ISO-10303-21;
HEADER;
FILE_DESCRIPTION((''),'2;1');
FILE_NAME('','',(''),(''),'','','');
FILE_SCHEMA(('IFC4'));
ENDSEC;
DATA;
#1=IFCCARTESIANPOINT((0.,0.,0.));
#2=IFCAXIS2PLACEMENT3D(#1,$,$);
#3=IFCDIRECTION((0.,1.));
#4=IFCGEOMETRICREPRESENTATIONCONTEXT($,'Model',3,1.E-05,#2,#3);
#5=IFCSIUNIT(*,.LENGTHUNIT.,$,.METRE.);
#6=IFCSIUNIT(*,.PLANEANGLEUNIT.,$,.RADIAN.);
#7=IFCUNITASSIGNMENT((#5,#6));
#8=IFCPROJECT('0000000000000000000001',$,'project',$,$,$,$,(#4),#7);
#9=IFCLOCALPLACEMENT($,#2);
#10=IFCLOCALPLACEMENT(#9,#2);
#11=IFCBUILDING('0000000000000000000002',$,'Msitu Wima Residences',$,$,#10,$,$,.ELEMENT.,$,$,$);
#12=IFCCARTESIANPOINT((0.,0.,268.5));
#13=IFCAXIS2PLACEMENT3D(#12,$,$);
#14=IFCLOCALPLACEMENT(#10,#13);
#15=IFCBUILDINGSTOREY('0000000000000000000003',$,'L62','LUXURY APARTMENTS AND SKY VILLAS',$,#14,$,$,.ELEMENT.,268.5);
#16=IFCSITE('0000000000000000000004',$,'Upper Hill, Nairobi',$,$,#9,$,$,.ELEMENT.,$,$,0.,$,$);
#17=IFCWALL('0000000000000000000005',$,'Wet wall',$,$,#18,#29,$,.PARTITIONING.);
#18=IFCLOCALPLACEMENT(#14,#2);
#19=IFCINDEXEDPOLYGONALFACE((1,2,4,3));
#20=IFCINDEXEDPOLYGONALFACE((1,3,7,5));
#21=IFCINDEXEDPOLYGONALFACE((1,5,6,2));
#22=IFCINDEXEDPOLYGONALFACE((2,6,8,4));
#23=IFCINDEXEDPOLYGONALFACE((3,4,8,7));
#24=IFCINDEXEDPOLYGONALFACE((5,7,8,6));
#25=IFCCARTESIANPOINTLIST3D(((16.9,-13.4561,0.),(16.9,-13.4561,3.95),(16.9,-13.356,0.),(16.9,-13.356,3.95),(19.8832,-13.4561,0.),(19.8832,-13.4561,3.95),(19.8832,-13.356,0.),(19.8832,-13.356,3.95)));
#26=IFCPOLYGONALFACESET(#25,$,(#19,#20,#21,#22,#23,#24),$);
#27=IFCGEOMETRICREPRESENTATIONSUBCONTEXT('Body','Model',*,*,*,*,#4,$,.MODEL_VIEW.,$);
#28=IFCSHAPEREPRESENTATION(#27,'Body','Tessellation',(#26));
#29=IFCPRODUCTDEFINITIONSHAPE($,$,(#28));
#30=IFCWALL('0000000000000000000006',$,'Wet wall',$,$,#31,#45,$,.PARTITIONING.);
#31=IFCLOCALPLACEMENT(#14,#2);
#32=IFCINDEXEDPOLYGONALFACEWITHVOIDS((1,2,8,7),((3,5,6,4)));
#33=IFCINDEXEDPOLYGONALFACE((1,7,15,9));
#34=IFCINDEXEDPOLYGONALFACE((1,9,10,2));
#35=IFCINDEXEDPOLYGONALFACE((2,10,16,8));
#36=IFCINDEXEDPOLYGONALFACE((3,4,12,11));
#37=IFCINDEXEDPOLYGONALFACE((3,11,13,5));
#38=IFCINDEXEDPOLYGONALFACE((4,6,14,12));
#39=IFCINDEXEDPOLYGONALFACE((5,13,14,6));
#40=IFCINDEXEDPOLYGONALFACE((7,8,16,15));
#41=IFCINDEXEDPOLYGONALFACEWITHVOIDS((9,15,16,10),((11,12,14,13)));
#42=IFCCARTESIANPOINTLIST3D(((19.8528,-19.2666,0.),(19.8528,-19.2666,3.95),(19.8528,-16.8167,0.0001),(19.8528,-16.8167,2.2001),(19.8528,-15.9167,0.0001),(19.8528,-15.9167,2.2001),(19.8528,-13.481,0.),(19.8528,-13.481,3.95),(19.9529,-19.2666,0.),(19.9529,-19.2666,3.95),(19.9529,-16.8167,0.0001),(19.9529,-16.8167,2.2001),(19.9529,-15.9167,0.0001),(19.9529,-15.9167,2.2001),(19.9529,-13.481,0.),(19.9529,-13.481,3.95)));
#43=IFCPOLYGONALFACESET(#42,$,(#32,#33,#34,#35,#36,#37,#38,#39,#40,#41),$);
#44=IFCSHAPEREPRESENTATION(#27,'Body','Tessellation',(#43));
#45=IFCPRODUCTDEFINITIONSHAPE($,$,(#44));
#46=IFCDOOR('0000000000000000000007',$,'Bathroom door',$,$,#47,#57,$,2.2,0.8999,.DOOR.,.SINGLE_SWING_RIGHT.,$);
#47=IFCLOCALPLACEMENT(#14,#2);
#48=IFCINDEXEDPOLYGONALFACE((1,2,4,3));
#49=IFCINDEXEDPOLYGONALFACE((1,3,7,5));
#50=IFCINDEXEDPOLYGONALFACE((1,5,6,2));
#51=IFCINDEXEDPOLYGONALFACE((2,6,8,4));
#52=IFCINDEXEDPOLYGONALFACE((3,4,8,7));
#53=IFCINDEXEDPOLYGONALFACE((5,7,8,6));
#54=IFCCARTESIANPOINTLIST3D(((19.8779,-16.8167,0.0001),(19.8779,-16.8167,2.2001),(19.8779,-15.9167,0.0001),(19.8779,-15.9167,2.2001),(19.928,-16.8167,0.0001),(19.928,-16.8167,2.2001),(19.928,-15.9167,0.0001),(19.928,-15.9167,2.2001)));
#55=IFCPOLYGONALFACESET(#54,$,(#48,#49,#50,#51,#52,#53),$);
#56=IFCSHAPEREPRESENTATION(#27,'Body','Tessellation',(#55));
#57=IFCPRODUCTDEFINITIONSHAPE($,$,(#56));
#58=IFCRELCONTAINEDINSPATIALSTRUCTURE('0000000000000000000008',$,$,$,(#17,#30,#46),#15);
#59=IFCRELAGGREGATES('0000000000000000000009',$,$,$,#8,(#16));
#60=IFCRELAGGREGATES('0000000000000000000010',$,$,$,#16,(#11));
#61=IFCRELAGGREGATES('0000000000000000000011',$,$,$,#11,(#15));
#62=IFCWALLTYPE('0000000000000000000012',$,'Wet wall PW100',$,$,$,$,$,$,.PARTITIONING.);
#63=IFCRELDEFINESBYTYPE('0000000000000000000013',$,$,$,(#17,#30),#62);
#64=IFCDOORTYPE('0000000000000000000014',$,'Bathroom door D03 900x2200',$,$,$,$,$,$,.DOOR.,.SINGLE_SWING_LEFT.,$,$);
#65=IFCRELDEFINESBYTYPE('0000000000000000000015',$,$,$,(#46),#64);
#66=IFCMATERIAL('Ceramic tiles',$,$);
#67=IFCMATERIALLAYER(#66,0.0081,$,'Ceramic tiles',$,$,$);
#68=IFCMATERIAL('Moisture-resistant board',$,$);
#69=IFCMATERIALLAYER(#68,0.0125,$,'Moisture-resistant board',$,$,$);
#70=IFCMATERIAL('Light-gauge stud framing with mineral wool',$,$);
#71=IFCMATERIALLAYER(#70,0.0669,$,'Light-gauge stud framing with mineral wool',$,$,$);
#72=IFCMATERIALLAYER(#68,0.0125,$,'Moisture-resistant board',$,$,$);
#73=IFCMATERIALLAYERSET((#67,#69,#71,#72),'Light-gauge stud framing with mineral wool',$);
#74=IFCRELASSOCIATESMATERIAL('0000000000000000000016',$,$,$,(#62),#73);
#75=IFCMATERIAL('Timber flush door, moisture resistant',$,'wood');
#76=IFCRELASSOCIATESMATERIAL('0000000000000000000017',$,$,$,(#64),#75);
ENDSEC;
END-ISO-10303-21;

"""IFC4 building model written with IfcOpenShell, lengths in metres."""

from ifc_helpers import new_model, si_unit, direction, frame, frame_2d, origin, place, context, subcontext, project, spatial, rectangle, extrude, material, layer, layer_set, type_object, element, fill, save


model = new_model("IFC4")

# Units and contexts
model_context = context("Model", 3, precision=1e-05, world=origin(), true_north=direction((0.0, 1.0)))
body_context = subcontext(model_context, "Body", "Model", "MODEL_VIEW")
ifc_project = project(units=[si_unit("LENGTHUNIT", "METRE"), si_unit("PLANEANGLEUNIT", "RADIAN")], contexts=[model_context])

# Site, building, storey
site_placement = place(None, origin())
site = spatial("IfcSite", under=ifc_project, at=site_placement, Name="Upper Hill, Nairobi", CompositionType="ELEMENT", RefElevation=0.0)
building_placement = place(site_placement, origin())
building = spatial("IfcBuilding", under=site, at=building_placement, Name="Msitu Wima Residences", CompositionType="ELEMENT")
storey_placement = place(building_placement, frame((0.0, 0.0, 268.5)))
storey = spatial("IfcBuildingStorey", under=building, at=storey_placement, Name="L62", Description="LUXURY APARTMENTS AND SKY VILLAS", CompositionType="ELEMENT", Elevation=268.5)

# Wall
ifc_material_1 = material(Name="Ceramic tiles")
ifc_layer_1 = layer(ifc_material_1, 0.0081, Name="Ceramic tiles")
ifc_material_2 = material(Name="Moisture-resistant board")
ifc_layer_2 = layer(ifc_material_2, 0.0125, Name="Moisture-resistant board")
ifc_material_3 = material(Name="Light-gauge stud framing with mineral wool")
ifc_layer_3 = layer(ifc_material_3, 0.0669, Name="Light-gauge stud framing with mineral wool")
ifc_layer_4 = layer(ifc_material_2, 0.0125, Name="Moisture-resistant board")
ifc_layer_set_1 = layer_set([ifc_layer_1, ifc_layer_2, ifc_layer_3, ifc_layer_4], Name="Light-gauge stud framing with mineral wool")
wall_type_1 = type_object("IfcWallType", Name="Wet wall PW100", PredefinedType="PARTITIONING", material=ifc_layer_set_1)
wall_1_placement = place(storey_placement, frame((16.8999, -13.406, 0.0), z_axis=(0.0, 0.0, 1.0), x_axis=(1.0, 0.0, 0.0)))
element("IfcWall", 1, at=wall_1_placement, inside=storey, type_object=wall_type_1, Name="Wet wall", PredefinedType="PARTITIONING", context=body_context, shape_type="SweptSolid", body=[
    extrude(rectangle(XDim=2.9832, YDim=0.1001, at=frame_2d((1.4917, 0.0))), origin(), (0.0, 0.0, 1.0), 3.95),
])

# Wall, opening, door
wall_2_placement = place(storey_placement, frame((19.9028, -19.2666, 0.0), z_axis=(0.0, 0.0, 1.0), x_axis=(0.0, 1.0, 0.0)))
wall_2 = element("IfcWall", 2, at=wall_2_placement, inside=storey, type_object=wall_type_1, Name="Wet wall", PredefinedType="PARTITIONING", context=body_context, shape_type="SweptSolid", body=[
    extrude(rectangle(XDim=5.7856, YDim=0.1001, at=frame_2d((2.8928, 0.0))), origin(), (0.0, 0.0, 1.0), 3.95),
])
opening_1_placement = place(wall_2_placement, frame((2.45, 0.0, 0.0)))
opening_1 = element("IfcOpeningElement", 3, at=opening_1_placement, cuts=wall_2, PredefinedType="OPENING", context=body_context, shape_type="SweptSolid", body=[
    extrude(rectangle(XDim=0.8999, YDim=2.2, at=frame_2d((0.45, 1.1001))), frame((0.0, 0.0601, 0.0), z_axis=(0.0, -1.0, 0.0), x_axis=(1.0, 0.0, 0.0)), (0.0, 0.0, 1.0), 0.1201),
])
ifc_material_4 = material(Name="Timber flush door, moisture resistant", Category="wood")
door_type_1 = type_object("IfcDoorType", Name="Bathroom door D03 900x2200", OperationType="SINGLE_SWING_LEFT", PredefinedType="DOOR", material=ifc_material_4)
door_1_placement = place(opening_1_placement, origin())
door_1 = element("IfcDoor", 4, at=door_1_placement, inside=storey, type_object=door_type_1, Name="Bathroom door", OperationType="SINGLE_SWING_RIGHT", OverallHeight=2.2, OverallWidth=0.8999, PredefinedType="DOOR", context=body_context, shape_type="SweptSolid", body=[
    extrude(rectangle(XDim=0.8999, YDim=2.2, at=frame_2d((0.45, 1.1001))), frame((0.0, 0.0249, 0.0), z_axis=(0.0, -1.0, 0.0), x_axis=(1.0, 0.0, 0.0)), (0.0, 0.0, 1.0), 0.05),
])
fill(opening_1, door_1)

save(model, "model.ifc")
